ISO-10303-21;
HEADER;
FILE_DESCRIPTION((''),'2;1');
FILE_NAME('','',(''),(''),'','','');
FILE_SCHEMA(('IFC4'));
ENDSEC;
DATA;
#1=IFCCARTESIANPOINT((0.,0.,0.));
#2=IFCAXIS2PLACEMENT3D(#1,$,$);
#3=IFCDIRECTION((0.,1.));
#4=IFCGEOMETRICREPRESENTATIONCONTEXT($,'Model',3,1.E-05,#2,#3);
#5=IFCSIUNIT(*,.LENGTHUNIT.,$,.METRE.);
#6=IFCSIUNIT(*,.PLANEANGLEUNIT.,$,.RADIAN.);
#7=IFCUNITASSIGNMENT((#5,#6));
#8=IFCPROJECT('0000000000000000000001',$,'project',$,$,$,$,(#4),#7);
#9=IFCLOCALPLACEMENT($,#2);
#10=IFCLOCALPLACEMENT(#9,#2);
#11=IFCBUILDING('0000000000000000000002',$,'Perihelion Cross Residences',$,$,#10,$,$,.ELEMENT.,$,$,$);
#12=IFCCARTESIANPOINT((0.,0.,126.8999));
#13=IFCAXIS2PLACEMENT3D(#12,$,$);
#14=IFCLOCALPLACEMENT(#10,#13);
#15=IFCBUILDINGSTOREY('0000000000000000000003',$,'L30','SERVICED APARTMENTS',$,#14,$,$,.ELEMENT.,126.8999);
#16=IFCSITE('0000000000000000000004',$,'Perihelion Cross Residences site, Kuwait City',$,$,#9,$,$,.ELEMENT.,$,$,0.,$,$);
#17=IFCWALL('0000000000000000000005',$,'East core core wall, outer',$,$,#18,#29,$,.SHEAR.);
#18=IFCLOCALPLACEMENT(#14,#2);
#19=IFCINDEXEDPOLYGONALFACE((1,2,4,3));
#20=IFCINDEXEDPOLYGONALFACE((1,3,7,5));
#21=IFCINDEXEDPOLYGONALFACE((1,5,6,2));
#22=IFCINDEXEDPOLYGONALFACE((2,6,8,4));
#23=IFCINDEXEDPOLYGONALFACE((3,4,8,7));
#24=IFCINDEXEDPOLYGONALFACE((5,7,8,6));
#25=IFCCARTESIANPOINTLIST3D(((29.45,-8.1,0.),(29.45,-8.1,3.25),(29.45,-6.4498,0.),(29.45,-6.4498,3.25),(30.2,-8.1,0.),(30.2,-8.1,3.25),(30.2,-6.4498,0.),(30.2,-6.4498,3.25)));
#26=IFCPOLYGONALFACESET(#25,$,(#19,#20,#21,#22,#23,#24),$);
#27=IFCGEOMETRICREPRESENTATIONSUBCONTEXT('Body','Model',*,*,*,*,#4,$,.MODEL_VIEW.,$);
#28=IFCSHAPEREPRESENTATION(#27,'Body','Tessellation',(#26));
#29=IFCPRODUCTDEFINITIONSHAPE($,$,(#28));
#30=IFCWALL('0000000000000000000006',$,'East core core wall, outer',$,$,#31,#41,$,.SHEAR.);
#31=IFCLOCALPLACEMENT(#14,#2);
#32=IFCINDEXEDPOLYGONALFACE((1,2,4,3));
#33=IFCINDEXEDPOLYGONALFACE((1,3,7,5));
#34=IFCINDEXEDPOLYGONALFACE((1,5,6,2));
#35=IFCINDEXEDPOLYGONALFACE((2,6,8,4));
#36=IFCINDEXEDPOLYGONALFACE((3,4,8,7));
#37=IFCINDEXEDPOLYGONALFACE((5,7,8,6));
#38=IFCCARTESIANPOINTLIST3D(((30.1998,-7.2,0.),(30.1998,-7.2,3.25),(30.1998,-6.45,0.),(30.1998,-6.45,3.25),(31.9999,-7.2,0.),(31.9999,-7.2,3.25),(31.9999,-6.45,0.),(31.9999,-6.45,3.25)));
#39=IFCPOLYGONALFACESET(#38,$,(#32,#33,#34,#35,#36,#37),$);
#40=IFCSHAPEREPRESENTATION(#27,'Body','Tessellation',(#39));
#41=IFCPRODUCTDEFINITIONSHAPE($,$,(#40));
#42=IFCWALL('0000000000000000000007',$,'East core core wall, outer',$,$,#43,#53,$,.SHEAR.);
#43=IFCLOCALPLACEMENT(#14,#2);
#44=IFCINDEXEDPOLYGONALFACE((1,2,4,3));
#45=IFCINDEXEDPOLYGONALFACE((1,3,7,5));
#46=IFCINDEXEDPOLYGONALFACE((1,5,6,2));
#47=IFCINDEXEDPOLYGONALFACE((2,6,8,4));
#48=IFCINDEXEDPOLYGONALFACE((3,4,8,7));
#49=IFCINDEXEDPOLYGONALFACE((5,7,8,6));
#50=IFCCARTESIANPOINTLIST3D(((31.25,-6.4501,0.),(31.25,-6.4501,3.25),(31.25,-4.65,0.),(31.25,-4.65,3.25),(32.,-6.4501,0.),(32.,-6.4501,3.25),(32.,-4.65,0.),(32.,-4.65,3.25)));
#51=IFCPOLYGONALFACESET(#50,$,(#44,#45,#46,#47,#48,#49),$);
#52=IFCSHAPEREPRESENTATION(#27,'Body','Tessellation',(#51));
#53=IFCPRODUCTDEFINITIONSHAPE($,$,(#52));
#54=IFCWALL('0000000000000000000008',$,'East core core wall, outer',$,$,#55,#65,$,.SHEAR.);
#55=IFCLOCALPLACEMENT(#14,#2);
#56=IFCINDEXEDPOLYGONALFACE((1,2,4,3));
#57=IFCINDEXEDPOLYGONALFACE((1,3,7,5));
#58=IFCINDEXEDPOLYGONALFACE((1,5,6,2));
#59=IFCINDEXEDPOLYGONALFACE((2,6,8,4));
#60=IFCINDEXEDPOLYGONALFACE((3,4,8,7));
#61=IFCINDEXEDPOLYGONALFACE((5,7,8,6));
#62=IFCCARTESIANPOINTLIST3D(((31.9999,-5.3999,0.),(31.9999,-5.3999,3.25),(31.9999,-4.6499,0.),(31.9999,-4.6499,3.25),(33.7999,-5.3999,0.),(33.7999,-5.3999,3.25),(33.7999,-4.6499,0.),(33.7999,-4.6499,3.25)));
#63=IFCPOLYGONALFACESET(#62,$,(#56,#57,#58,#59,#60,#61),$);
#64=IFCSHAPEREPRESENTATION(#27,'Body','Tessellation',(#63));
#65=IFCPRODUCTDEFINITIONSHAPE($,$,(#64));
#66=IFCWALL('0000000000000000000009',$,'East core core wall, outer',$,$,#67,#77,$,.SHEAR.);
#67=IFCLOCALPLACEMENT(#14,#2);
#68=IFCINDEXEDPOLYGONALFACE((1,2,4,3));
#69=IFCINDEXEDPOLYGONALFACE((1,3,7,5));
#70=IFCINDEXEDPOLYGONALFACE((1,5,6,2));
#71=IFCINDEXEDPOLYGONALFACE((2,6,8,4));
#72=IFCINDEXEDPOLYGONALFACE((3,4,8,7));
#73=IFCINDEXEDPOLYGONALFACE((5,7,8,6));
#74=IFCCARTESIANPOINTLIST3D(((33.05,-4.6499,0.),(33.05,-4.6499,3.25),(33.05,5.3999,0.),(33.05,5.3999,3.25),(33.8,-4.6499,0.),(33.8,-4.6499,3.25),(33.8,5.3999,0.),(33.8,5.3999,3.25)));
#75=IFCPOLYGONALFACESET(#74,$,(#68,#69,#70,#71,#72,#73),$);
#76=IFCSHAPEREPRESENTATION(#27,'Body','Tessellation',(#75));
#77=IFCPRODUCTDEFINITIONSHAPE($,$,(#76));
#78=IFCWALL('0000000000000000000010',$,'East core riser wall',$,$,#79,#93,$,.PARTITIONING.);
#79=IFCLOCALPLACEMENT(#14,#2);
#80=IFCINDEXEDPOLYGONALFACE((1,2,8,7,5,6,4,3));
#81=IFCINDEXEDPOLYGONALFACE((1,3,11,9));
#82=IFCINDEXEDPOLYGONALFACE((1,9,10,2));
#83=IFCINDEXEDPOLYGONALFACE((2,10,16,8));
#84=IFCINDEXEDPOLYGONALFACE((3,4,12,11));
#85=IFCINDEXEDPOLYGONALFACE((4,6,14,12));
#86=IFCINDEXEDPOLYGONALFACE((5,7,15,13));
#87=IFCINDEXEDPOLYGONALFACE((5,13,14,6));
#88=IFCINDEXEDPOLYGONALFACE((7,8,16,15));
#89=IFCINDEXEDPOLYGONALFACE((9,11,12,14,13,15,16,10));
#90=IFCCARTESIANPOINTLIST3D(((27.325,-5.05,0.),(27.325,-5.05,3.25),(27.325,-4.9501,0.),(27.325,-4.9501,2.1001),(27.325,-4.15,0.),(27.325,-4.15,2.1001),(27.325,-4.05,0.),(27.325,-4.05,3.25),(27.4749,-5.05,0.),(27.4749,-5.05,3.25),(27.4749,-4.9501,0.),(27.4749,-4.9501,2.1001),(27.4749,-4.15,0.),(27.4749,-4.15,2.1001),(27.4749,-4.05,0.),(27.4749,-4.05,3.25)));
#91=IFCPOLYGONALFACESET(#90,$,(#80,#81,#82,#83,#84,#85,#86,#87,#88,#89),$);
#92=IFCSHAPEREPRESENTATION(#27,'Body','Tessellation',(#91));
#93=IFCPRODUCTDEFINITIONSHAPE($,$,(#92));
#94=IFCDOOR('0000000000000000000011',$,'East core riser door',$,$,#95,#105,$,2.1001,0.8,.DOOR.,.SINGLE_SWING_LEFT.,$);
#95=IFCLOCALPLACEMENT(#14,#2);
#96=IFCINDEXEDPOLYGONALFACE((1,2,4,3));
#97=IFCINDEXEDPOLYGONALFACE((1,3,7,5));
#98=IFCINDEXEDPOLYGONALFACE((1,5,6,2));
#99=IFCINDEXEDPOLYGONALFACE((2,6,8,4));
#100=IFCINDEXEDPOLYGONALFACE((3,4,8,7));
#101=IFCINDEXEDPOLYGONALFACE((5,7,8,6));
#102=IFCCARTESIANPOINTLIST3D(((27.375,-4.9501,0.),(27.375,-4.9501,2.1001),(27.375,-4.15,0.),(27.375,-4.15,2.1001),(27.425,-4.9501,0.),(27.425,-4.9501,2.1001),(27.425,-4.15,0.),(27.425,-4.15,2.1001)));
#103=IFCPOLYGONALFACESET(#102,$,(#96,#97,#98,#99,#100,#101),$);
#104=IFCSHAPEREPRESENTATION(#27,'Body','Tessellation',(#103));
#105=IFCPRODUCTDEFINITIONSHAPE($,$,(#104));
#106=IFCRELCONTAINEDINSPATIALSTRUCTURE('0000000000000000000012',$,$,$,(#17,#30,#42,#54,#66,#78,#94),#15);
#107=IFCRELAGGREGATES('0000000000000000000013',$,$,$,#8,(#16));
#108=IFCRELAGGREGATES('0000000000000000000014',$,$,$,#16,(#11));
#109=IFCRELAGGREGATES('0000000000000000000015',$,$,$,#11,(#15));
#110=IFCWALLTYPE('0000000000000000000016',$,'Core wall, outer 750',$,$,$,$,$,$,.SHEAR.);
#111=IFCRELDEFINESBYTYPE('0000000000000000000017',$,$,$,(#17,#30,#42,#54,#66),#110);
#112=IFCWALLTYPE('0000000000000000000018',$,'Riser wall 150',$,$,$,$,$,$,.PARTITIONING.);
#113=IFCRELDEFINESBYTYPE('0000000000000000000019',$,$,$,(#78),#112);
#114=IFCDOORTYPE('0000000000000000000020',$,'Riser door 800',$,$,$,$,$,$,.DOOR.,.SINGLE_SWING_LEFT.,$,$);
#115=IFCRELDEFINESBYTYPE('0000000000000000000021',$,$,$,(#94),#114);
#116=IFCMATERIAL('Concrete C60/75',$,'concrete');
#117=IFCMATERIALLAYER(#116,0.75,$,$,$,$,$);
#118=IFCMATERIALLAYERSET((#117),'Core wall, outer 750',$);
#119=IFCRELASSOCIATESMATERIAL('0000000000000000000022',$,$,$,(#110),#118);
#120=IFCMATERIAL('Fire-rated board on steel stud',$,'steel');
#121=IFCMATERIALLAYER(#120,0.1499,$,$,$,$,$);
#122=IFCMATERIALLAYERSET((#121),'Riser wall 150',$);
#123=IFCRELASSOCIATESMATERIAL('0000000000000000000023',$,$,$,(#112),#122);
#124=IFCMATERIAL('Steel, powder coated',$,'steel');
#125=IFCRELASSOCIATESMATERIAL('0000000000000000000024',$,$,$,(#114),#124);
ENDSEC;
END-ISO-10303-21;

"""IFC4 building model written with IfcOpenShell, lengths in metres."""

from ifc_helpers import new_model, si_unit, direction, frame, frame_2d, origin, place, context, subcontext, project, spatial, rectangle, extrude, material, layer, layer_set, type_object, element, fill, save


model = new_model("IFC4")

# Units and contexts
model_context = context("Model", 3, precision=1e-05, world=origin(), true_north=direction((0.0, 1.0)))
body_context = subcontext(model_context, "Body", "Model", "MODEL_VIEW")
ifc_project = project(units=[si_unit("LENGTHUNIT", "METRE"), si_unit("PLANEANGLEUNIT", "RADIAN")], contexts=[model_context])

# Site, building, storey
site_placement = place(None, origin())
site = spatial("IfcSite", under=ifc_project, at=site_placement, Name="Perihelion Cross Residences site, Kuwait City", CompositionType="ELEMENT", RefElevation=0.0)
building_placement = place(site_placement, origin())
building = spatial("IfcBuilding", under=site, at=building_placement, Name="Perihelion Cross Residences", CompositionType="ELEMENT")
storey_placement = place(building_placement, frame((0.0, 0.0, 126.8999)))
storey = spatial("IfcBuildingStorey", under=building, at=storey_placement, Name="L30", Description="SERVICED APARTMENTS", CompositionType="ELEMENT", Elevation=126.8999)

# Walls
ifc_material_1 = material(Name="Concrete C60/75", Category="concrete")
ifc_layer_1 = layer(ifc_material_1, 0.75)
ifc_layer_set_1 = layer_set([ifc_layer_1], Name="Core wall, outer 750")
wall_type_1 = type_object("IfcWallType", Name="Core wall, outer 750", PredefinedType="SHEAR", material=ifc_layer_set_1)
wall_1_placement = place(storey_placement, frame((29.825, -8.1001, 0.0), z_axis=(0.0, 0.0, 1.0), x_axis=(0.0, 1.0, 0.0)))
element("IfcWall", 1, at=wall_1_placement, inside=storey, type_object=wall_type_1, Name="East core core wall, outer", PredefinedType="SHEAR", context=body_context, shape_type="SweptSolid", body=[
    extrude(rectangle(XDim=1.6501, YDim=0.75, at=frame_2d((0.8252, 0.0))), origin(), (0.0, 0.0, 1.0), 3.25),
])
for number, where, z_axis, x_axis, name in (
    (2, (30.2, -6.825, 0.0), (0.0, 0.0, 1.0), (1.0, 0.0, 0.0), "East core core wall, outer"),
    (3, (31.625, -6.45, 0.0), (0.0, 0.0, 1.0), (0.0, 1.0, 0.0), "East core core wall, outer"),
    (4, (32.0, -5.0249, 0.0), (0.0, 0.0, 1.0), (1.0, 0.0, 0.0), "East core core wall, outer"),
):
    element("IfcWall", number, at=place(storey_placement, frame(where, z_axis=z_axis, x_axis=x_axis)), inside=storey, type_object=wall_type_1, Name=name, PredefinedType="SHEAR", context=body_context, shape_type="SweptSolid", body=[
        extrude(rectangle(XDim=1.8, YDim=0.75, at=frame_2d((0.8999, 0.0))), origin(), (0.0, 0.0, 1.0), 3.25),
    ])
wall_2_placement = place(storey_placement, frame((33.425, -4.6499, 0.0), z_axis=(0.0, 0.0, 1.0), x_axis=(0.0, 1.0, 0.0)))
element("IfcWall", 5, at=wall_2_placement, inside=storey, type_object=wall_type_1, Name="East core core wall, outer", PredefinedType="SHEAR", context=body_context, shape_type="SweptSolid", body=[
    extrude(rectangle(XDim=10.0498, YDim=0.75, at=frame_2d((5.0249, 0.0))), origin(), (0.0, 0.0, 1.0), 3.25),
])

# Wall, opening, door
ifc_material_2 = material(Name="Fire-rated board on steel stud", Category="steel")
ifc_layer_2 = layer(ifc_material_2, 0.1499)
ifc_layer_set_2 = layer_set([ifc_layer_2], Name="Riser wall 150")
wall_type_2 = type_object("IfcWallType", Name="Riser wall 150", PredefinedType="PARTITIONING", material=ifc_layer_set_2)
wall_3_placement = place(storey_placement, frame((27.3999, -5.05, 0.0), z_axis=(0.0, 0.0, 1.0), x_axis=(0.0, 1.0, 0.0)))
wall_3 = element("IfcWall", 6, at=wall_3_placement, inside=storey, type_object=wall_type_2, Name="East core riser wall", PredefinedType="PARTITIONING", context=body_context, shape_type="SweptSolid", body=[
    extrude(rectangle(XDim=1.0, YDim=0.1499, at=frame_2d((0.5, 0.0))), origin(), (0.0, 0.0, 1.0), 3.25),
])
opening_1_placement = place(wall_3_placement, frame((0.1001, 0.0, 0.0)))
opening_1 = element("IfcOpeningElement", 7, at=opening_1_placement, cuts=wall_3, PredefinedType="OPENING", context=body_context, shape_type="SweptSolid", body=[
    extrude(rectangle(XDim=0.8, YDim=2.1001, at=frame_2d((0.3999, 1.05))), frame((0.0, 0.085, 0.0), z_axis=(0.0, -1.0, 0.0), x_axis=(1.0, 0.0, 0.0)), (0.0, 0.0, 1.0), 0.1699),
])
ifc_material_3 = material(Name="Steel, powder coated", Category="steel")
door_type_1 = type_object("IfcDoorType", Name="Riser door 800", OperationType="SINGLE_SWING_LEFT", PredefinedType="DOOR", material=ifc_material_3)
door_1_placement = place(opening_1_placement, origin())
door_1 = element("IfcDoor", 8, at=door_1_placement, inside=storey, type_object=door_type_1, Name="East core riser door", OperationType="SINGLE_SWING_LEFT", OverallHeight=2.1001, OverallWidth=0.8, PredefinedType="DOOR", context=body_context, shape_type="SweptSolid", body=[
    extrude(rectangle(XDim=0.8, YDim=2.1001, at=frame_2d((0.3999, 1.05))), frame((0.0, 0.0249, 0.0), z_axis=(0.0, -1.0, 0.0), x_axis=(1.0, 0.0, 0.0)), (0.0, 0.0, 1.0), 0.05),
])
fill(opening_1, door_1)

save(model, "model.ifc")
